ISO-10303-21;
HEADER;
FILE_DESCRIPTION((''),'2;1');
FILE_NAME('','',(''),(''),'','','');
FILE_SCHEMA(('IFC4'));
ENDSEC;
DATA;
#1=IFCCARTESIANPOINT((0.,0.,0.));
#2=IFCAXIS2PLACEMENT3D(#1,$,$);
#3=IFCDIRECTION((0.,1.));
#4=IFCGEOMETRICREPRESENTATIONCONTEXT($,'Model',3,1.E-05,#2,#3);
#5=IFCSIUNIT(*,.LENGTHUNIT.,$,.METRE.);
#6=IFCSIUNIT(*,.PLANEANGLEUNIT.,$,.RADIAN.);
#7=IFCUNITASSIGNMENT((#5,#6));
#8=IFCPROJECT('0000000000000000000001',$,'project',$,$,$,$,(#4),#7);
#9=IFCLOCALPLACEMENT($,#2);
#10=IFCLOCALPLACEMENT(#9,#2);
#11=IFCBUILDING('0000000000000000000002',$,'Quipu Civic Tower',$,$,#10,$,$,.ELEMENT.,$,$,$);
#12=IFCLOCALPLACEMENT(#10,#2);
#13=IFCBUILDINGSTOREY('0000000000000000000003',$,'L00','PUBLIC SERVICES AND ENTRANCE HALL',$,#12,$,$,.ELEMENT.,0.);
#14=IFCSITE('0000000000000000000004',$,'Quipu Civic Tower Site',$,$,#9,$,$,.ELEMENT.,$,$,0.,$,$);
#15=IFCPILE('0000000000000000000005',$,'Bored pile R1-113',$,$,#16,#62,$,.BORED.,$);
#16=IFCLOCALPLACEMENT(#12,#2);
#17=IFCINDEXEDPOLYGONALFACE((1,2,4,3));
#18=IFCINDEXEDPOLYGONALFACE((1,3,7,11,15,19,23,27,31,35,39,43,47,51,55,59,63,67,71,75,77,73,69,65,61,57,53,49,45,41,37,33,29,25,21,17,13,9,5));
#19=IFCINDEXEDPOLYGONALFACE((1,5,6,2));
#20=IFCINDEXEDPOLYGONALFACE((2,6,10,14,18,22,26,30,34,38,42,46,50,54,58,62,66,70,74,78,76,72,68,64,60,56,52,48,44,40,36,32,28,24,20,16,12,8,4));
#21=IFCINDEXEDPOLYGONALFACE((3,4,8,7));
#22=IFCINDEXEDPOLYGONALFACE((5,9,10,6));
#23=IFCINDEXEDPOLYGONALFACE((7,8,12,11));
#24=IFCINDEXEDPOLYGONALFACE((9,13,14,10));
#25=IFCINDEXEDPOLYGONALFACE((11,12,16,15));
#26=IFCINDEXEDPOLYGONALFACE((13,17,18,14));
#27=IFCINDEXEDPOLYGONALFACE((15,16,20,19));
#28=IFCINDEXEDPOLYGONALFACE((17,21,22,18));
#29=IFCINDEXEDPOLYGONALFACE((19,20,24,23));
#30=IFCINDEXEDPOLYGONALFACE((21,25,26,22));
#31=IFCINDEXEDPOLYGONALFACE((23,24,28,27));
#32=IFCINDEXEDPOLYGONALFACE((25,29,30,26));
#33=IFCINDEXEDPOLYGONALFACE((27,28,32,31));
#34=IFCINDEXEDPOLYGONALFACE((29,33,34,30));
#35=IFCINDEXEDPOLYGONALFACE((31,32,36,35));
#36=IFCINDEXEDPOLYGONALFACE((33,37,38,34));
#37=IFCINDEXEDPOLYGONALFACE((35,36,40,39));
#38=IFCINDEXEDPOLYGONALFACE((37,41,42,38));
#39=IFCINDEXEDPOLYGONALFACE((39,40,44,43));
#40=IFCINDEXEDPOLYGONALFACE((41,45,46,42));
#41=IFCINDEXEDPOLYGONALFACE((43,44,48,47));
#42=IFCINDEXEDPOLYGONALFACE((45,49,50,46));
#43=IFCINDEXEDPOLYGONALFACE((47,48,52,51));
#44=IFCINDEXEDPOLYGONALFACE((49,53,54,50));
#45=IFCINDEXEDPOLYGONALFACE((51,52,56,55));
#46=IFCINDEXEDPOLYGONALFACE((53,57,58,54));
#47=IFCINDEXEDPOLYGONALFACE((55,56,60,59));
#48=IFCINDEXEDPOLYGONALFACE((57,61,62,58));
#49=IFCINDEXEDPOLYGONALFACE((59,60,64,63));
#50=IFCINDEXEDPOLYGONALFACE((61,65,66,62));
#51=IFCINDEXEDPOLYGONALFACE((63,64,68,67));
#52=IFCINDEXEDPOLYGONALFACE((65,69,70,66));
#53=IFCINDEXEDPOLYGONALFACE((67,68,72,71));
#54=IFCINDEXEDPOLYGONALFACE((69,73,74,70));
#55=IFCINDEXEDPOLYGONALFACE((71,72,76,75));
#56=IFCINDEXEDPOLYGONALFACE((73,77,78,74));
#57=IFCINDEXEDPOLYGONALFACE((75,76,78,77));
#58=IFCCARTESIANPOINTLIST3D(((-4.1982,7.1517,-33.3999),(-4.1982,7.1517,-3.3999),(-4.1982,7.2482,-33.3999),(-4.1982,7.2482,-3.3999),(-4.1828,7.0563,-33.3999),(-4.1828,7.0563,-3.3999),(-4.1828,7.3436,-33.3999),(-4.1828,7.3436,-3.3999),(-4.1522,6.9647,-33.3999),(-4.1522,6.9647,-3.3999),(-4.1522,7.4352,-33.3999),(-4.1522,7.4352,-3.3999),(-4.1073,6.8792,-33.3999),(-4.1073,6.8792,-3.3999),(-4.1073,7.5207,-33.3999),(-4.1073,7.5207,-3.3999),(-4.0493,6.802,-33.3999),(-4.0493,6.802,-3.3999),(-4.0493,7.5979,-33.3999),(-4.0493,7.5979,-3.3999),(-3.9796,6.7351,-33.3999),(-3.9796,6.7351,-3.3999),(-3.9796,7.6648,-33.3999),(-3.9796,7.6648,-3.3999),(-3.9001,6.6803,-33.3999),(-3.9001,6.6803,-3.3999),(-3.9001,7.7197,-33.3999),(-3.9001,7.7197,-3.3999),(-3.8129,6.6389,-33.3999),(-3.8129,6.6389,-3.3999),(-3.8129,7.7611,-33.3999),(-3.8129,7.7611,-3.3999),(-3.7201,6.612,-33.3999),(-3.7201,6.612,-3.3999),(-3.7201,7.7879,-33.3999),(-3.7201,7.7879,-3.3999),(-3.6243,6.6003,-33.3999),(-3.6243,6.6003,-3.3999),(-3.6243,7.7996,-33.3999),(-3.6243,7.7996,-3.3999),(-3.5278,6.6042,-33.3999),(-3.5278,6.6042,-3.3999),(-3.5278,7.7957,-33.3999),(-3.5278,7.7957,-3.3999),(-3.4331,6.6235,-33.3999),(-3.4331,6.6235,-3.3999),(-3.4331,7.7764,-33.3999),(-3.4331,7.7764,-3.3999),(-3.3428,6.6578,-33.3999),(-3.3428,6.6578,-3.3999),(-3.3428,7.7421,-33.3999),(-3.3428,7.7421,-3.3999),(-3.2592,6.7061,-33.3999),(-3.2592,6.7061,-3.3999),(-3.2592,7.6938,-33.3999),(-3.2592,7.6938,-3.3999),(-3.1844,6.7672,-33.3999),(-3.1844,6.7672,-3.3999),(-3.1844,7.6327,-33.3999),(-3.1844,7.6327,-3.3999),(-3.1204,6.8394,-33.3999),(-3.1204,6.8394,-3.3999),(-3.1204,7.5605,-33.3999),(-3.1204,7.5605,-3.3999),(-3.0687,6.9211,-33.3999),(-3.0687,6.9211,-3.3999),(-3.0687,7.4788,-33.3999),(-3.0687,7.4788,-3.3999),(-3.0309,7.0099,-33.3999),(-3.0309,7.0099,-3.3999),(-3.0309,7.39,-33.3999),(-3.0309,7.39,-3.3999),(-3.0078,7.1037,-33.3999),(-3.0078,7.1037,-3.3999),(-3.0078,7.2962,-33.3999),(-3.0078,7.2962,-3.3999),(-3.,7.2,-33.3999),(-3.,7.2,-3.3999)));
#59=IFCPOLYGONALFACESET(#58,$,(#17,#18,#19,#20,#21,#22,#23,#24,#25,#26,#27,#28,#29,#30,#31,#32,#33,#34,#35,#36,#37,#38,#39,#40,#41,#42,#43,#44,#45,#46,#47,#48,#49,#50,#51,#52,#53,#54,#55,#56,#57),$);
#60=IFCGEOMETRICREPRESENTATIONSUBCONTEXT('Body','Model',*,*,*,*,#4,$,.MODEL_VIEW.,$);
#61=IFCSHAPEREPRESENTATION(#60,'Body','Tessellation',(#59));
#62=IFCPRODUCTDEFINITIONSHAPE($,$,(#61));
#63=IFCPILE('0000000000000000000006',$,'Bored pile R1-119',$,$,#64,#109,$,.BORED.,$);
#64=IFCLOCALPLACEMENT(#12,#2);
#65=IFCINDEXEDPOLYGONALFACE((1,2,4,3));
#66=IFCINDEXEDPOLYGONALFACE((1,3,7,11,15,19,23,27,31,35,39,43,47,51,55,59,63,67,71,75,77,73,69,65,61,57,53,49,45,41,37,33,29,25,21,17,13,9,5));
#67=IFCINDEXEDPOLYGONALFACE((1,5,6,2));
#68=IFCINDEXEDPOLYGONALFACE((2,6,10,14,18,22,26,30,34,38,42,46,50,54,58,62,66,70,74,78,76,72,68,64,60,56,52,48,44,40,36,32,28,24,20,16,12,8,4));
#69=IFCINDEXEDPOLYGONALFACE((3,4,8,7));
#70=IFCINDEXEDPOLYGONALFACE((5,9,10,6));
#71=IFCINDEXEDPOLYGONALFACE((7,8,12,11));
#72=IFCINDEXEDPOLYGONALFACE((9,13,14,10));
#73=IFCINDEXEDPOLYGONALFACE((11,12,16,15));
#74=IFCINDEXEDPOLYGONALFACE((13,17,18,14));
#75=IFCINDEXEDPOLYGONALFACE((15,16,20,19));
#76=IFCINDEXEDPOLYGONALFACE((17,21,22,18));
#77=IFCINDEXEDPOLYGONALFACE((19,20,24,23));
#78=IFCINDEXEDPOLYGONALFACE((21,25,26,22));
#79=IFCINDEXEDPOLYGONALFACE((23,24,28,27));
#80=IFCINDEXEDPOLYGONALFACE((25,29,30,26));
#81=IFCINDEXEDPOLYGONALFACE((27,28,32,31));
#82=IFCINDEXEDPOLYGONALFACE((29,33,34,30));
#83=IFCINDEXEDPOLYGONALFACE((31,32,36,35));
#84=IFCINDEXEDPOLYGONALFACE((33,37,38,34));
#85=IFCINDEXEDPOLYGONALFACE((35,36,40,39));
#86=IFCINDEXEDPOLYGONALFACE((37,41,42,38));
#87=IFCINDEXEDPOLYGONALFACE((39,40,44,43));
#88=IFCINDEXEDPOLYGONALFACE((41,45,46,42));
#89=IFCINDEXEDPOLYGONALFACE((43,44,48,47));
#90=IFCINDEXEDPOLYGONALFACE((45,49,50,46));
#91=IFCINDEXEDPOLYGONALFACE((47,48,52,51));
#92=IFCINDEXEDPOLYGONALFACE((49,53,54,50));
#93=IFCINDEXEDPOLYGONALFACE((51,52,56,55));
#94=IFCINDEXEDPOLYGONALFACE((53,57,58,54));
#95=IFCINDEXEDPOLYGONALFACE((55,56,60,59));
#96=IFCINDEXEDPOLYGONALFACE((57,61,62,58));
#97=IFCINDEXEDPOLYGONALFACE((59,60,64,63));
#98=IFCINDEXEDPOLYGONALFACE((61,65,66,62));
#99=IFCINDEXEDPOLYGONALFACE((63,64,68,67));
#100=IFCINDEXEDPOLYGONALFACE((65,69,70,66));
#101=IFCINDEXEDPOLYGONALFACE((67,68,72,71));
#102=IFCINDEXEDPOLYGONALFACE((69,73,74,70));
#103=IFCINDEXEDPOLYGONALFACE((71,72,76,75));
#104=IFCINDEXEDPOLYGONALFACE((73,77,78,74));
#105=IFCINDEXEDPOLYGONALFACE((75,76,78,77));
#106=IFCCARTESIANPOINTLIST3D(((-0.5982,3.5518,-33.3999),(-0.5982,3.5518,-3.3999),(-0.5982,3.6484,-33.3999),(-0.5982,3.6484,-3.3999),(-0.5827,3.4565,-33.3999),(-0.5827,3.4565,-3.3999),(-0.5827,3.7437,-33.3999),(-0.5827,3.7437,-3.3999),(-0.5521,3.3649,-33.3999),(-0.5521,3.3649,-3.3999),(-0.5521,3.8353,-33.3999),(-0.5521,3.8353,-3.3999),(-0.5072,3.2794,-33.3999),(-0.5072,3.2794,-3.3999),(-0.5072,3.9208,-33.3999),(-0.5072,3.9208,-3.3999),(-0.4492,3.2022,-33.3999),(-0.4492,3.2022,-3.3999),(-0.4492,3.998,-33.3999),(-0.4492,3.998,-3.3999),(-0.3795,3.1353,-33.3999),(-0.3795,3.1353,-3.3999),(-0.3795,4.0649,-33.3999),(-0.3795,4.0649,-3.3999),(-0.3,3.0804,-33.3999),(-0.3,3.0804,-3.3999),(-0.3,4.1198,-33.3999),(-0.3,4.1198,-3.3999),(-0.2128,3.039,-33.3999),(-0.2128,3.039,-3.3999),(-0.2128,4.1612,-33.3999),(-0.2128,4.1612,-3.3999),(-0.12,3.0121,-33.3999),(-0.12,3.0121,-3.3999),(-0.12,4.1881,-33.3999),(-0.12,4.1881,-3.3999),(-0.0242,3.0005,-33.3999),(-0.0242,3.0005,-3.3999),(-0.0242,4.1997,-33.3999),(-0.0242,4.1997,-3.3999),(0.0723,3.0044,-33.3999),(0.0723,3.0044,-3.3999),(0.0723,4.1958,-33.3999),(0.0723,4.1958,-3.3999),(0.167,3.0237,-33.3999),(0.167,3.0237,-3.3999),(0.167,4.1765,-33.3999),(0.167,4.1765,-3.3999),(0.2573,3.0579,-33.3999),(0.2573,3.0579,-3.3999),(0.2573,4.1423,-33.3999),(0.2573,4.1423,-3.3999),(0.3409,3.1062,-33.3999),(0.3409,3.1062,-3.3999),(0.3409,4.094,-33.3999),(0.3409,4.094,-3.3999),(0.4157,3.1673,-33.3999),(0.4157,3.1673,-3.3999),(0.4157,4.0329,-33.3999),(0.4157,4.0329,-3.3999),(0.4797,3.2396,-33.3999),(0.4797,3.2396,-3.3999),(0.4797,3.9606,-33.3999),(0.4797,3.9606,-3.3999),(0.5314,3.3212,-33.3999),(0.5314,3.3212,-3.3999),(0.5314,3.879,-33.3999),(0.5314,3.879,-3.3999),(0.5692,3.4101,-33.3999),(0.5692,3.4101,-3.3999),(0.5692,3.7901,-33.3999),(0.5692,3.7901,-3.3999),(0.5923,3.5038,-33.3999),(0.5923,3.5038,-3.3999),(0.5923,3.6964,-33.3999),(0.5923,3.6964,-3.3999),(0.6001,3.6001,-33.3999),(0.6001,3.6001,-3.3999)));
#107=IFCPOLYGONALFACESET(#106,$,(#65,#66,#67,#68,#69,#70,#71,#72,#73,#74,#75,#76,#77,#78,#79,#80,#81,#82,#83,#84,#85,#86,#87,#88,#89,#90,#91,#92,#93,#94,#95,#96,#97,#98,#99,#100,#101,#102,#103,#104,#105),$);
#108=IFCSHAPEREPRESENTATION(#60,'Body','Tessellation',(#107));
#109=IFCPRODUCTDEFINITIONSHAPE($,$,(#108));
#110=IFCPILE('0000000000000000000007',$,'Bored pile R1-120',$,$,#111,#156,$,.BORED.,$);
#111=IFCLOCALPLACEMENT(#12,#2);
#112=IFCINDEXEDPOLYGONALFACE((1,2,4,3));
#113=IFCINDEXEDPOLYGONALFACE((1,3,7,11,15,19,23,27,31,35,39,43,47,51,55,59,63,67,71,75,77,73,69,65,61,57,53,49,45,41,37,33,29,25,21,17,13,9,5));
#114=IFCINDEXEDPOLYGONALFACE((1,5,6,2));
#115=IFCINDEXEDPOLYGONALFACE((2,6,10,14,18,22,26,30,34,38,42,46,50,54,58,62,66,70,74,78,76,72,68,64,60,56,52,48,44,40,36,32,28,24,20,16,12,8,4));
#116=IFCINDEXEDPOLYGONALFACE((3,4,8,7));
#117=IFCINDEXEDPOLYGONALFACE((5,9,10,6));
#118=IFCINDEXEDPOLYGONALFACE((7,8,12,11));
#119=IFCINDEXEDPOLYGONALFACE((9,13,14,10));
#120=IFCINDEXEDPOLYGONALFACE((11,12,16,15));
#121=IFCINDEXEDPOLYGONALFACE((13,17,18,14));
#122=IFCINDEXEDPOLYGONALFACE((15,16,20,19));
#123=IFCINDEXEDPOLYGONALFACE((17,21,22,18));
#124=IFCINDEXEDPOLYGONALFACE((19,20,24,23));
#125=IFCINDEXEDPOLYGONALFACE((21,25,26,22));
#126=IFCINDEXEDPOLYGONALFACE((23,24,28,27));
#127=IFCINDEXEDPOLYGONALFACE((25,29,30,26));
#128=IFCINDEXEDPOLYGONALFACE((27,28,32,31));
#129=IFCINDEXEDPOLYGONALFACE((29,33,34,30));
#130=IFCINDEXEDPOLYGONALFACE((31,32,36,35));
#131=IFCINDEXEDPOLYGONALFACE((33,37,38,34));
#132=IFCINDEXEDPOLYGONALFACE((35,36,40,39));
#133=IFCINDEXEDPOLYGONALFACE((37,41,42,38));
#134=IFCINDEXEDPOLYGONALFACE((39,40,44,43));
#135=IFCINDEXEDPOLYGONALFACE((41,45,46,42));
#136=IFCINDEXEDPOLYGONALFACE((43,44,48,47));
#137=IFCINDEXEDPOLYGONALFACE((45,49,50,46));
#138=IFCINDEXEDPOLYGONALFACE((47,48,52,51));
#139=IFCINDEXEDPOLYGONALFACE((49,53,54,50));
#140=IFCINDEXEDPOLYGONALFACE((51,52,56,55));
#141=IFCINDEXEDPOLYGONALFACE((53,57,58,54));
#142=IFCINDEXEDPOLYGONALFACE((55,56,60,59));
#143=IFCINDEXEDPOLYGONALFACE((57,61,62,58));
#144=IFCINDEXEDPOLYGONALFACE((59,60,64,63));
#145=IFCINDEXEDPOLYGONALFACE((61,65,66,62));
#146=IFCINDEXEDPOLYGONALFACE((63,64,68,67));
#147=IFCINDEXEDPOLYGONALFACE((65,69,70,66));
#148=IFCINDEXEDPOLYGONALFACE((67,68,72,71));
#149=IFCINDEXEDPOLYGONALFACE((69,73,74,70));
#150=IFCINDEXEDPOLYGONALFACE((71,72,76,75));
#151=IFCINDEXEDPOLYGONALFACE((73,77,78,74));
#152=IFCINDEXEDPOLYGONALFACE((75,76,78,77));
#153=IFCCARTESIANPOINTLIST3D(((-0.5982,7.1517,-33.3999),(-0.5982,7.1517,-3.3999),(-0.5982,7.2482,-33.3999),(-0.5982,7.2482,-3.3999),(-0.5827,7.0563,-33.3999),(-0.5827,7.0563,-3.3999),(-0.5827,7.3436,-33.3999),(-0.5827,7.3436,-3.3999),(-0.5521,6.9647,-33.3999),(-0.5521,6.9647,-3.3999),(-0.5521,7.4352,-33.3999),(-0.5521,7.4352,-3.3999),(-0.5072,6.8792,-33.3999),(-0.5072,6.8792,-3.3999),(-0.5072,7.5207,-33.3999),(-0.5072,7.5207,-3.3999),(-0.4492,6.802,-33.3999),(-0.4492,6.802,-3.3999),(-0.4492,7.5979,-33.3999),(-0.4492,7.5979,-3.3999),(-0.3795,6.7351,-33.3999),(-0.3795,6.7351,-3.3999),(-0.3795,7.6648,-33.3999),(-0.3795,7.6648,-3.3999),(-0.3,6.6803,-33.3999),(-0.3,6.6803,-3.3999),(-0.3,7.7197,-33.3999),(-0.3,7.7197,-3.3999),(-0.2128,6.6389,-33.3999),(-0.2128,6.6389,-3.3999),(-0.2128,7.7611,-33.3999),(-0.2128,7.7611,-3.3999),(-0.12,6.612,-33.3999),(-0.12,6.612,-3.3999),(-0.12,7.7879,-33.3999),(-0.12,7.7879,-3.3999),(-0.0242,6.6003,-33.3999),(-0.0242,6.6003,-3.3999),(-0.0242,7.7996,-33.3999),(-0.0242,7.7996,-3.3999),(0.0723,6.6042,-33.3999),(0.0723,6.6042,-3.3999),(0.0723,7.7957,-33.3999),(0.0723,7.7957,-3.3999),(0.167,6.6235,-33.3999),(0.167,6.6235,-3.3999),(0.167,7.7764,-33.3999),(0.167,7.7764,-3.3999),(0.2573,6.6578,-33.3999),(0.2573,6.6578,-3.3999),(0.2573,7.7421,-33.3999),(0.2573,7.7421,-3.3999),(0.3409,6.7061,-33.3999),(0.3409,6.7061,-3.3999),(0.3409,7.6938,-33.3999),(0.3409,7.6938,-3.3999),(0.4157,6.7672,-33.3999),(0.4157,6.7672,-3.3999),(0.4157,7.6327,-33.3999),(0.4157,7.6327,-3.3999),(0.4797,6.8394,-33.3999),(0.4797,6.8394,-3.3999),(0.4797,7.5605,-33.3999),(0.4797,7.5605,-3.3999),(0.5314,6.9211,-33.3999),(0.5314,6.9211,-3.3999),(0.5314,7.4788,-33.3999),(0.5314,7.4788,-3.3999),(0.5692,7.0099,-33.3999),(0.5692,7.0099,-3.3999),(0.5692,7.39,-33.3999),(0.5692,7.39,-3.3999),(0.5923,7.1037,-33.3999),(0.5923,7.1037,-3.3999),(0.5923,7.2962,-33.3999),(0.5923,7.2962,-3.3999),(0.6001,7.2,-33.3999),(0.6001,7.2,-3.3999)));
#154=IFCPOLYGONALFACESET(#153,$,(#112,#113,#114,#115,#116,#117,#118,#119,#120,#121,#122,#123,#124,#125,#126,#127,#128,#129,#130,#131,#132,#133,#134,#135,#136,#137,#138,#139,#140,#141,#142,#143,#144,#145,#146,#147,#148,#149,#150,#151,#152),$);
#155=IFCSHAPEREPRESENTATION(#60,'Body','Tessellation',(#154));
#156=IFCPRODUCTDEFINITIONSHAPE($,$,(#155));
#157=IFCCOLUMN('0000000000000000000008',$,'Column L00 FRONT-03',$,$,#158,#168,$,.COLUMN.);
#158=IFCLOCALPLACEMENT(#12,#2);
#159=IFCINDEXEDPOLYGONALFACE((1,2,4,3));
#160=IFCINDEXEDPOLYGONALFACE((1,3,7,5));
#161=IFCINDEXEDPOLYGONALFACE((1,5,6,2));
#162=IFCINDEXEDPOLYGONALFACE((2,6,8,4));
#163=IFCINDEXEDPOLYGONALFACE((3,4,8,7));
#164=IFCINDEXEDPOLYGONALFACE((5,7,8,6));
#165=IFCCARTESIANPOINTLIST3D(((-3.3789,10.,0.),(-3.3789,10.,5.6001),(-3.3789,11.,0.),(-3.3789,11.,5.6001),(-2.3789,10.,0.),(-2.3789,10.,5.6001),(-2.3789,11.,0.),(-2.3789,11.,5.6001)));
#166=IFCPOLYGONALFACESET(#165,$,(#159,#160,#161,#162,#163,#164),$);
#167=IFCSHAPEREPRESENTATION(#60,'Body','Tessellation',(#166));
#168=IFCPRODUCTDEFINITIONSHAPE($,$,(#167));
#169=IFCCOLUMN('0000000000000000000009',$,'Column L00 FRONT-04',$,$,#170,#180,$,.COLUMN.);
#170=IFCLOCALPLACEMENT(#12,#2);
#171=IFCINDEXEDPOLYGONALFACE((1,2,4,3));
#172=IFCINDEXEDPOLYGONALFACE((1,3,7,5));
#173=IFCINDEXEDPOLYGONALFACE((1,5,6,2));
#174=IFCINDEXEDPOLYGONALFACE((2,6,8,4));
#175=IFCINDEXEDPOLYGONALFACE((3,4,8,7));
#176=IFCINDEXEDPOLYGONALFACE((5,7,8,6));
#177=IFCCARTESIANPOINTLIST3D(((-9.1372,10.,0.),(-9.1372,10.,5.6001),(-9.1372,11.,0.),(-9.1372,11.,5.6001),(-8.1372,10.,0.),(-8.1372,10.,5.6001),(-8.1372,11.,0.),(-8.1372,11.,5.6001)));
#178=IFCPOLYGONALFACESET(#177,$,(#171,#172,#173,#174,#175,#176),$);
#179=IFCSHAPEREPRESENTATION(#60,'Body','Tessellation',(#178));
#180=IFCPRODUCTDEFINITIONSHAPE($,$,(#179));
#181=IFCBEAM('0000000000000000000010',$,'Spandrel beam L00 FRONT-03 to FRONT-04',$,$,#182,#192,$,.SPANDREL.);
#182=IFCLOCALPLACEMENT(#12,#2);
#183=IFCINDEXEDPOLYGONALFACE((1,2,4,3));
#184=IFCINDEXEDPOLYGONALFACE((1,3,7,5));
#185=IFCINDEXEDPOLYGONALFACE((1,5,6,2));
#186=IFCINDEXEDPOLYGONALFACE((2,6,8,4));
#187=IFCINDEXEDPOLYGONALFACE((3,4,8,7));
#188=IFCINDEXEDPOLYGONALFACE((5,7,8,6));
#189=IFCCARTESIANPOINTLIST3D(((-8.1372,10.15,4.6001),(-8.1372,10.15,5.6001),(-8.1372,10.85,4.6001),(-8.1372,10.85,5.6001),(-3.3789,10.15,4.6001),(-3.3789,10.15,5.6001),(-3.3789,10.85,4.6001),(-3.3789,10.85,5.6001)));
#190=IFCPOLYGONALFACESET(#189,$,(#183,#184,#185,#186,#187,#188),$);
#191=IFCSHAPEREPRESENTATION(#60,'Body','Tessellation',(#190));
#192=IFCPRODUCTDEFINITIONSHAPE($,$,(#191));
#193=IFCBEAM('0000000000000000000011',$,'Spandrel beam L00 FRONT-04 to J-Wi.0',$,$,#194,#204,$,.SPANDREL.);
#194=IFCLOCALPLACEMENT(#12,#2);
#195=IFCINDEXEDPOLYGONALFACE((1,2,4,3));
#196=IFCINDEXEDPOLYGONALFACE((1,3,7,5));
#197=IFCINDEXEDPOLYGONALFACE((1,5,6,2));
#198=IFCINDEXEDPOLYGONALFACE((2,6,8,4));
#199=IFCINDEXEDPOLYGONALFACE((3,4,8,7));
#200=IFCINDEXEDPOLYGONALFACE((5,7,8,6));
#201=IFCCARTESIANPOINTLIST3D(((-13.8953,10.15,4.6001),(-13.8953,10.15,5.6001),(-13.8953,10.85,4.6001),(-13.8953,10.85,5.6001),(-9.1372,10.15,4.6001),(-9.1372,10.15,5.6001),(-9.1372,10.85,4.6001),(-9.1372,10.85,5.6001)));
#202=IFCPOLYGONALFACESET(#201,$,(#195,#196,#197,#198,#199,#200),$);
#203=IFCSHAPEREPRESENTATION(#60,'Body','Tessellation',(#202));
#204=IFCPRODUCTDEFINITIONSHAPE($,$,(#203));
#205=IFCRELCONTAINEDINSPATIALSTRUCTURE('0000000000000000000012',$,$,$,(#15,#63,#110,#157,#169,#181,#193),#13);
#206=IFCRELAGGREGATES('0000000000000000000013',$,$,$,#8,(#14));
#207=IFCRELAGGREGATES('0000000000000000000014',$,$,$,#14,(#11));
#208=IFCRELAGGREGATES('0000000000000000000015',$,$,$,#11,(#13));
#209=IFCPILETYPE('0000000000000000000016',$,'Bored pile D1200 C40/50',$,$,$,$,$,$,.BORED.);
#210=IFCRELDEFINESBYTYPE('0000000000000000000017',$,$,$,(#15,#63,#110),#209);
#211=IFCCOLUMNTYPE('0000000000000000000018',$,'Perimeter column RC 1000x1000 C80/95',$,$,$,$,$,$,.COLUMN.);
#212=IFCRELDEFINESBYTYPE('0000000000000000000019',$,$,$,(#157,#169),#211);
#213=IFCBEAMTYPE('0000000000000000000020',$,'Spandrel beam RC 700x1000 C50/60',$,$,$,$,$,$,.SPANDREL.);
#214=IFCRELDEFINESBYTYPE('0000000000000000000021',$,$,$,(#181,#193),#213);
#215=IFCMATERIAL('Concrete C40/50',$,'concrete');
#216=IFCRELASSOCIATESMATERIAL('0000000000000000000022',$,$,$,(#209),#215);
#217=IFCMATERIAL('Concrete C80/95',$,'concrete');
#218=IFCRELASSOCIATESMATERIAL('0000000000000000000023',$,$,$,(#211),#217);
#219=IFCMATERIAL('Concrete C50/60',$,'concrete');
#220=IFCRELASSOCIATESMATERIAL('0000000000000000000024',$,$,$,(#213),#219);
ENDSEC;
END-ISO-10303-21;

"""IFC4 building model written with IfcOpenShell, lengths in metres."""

from ifc_helpers import new_model, si_unit, direction, frame, origin, origin_2d, place, context, subcontext, project, spatial, rectangle, circle, extrude, material, material_profile, profile_set, type_object, element, save


model = new_model("IFC4")

# Units and contexts
model_context = context("Model", 3, precision=1e-05, world=origin(), true_north=direction((0.0, 1.0)))
body_context = subcontext(model_context, "Body", "Model", "MODEL_VIEW")
ifc_project = project(units=[si_unit("LENGTHUNIT", "METRE"), si_unit("PLANEANGLEUNIT", "RADIAN")], contexts=[model_context])

# Site, building, storey
site_placement = place(None, origin())
site = spatial("IfcSite", under=ifc_project, at=site_placement, Name="Quipu Civic Tower Site", CompositionType="ELEMENT", RefElevation=0.0)
building_placement = place(site_placement, origin())
building = spatial("IfcBuilding", under=site, at=building_placement, Name="Quipu Civic Tower", CompositionType="ELEMENT")
storey_placement = place(building_placement, origin())
storey = spatial("IfcBuildingStorey", under=building, at=storey_placement, Name="L00", Description="PUBLIC SERVICES AND ENTRANCE HALL", CompositionType="ELEMENT", Elevation=0.0)

# Piles
ifc_material_1 = material(Name="Concrete C40/50", Category="concrete")
ifc_material_profile_1 = material_profile(ifc_material_1, circle(Radius=0.6001, at=origin_2d()), Name="RCD1200")
ifc_profile_set_1 = profile_set([ifc_material_profile_1], Name="Concrete C40/50")
pile_type = type_object("IfcPileType", Name="Bored pile D1200 C40/50", PredefinedType="BORED", material=ifc_profile_set_1)
for number, where, z_axis, x_axis, name in (
    (1, (-3.6001, 7.2, -3.3999), (0.0, 0.0, -1.0), (1.0, 0.0, 0.0), "Bored pile R1-113"),
    (2, (0.0, 3.6001, -3.3999), (0.0, 0.0, -1.0), (1.0, 0.0, 0.0), "Bored pile R1-119"),
    (3, (0.0, 7.2, -3.3999), (0.0, 0.0, -1.0), (1.0, 0.0, 0.0), "Bored pile R1-120"),
):
    element("IfcPile", number, at=place(storey_placement, frame(where, z_axis=z_axis, x_axis=x_axis)), inside=storey, type_object=pile_type, Name=name, PredefinedType="BORED", context=body_context, shape_type="SweptSolid", body=[
        extrude(circle(Radius=0.6001, at=origin_2d()), origin(), (0.0, 0.0, 1.0), 30.0),
    ])

# Columns
ifc_material_2 = material(Name="Concrete C80/95", Category="concrete")
ifc_material_profile_2 = material_profile(ifc_material_2, rectangle(XDim=1.0, YDim=1.0, at=origin_2d()), Name="RC1000x1000")
ifc_profile_set_2 = profile_set([ifc_material_profile_2], Name="Concrete C80/95")
column_type = type_object("IfcColumnType", Name="Perimeter column RC 1000x1000 C80/95", PredefinedType="COLUMN", material=ifc_profile_set_2)
for number, where, z_axis, x_axis, name in (
    (4, (-2.8789, 10.5, 0.0), (0.0, 0.0, 1.0), (-1.0, 0.0, 0.0), "Column L00 FRONT-03"),
    (5, (-8.6372, 10.5, 0.0), (0.0, 0.0, 1.0), (-1.0, 0.0, 0.0), "Column L00 FRONT-04"),
):
    element("IfcColumn", number, at=place(storey_placement, frame(where, z_axis=z_axis, x_axis=x_axis)), inside=storey, type_object=column_type, Name=name, PredefinedType="COLUMN", context=body_context, shape_type="SweptSolid", body=[
        extrude(rectangle(XDim=1.0, YDim=1.0, at=origin_2d()), origin(), (0.0, 0.0, 1.0), 5.6001),
    ])

# Beams
ifc_material_3 = material(Name="Concrete C50/60", Category="concrete")
ifc_material_profile_3 = material_profile(ifc_material_3, rectangle(XDim=0.7, YDim=1.0, at=origin_2d()), Name="RC700x1000")
ifc_profile_set_3 = profile_set([ifc_material_profile_3], Name="Concrete C50/60")
beam_type = type_object("IfcBeamType", Name="Spandrel beam RC 700x1000 C50/60", PredefinedType="SPANDREL", material=ifc_profile_set_3)
beam_1_placement = place(storey_placement, frame((-3.3789, 10.5, 5.1001), z_axis=(-1.0, 0.0, 0.0), x_axis=(0.0, -1.0, 0.0)))
element("IfcBeam", 6, at=beam_1_placement, inside=storey, type_object=beam_type, Name="Spandrel beam L00 FRONT-03 to FRONT-04", PredefinedType="SPANDREL", context=body_context, shape_type="SweptSolid", body=[
    extrude(rectangle(XDim=0.7, YDim=1.0, at=origin_2d()), origin(), (0.0, 0.0, 1.0), 4.7583),
])
beam_2_placement = place(storey_placement, frame((-9.1372, 10.5, 5.1001), z_axis=(-1.0, 0.0, 0.0), x_axis=(0.0, -1.0, 0.0)))
element("IfcBeam", 7, at=beam_2_placement, inside=storey, type_object=beam_type, Name="Spandrel beam L00 FRONT-04 to J-Wi.0", PredefinedType="SPANDREL", context=body_context, shape_type="SweptSolid", body=[
    extrude(rectangle(XDim=0.7, YDim=1.0, at=origin_2d()), origin(), (0.0, 0.0, 1.0), 4.7581),
])

save(model, "model.ifc")
